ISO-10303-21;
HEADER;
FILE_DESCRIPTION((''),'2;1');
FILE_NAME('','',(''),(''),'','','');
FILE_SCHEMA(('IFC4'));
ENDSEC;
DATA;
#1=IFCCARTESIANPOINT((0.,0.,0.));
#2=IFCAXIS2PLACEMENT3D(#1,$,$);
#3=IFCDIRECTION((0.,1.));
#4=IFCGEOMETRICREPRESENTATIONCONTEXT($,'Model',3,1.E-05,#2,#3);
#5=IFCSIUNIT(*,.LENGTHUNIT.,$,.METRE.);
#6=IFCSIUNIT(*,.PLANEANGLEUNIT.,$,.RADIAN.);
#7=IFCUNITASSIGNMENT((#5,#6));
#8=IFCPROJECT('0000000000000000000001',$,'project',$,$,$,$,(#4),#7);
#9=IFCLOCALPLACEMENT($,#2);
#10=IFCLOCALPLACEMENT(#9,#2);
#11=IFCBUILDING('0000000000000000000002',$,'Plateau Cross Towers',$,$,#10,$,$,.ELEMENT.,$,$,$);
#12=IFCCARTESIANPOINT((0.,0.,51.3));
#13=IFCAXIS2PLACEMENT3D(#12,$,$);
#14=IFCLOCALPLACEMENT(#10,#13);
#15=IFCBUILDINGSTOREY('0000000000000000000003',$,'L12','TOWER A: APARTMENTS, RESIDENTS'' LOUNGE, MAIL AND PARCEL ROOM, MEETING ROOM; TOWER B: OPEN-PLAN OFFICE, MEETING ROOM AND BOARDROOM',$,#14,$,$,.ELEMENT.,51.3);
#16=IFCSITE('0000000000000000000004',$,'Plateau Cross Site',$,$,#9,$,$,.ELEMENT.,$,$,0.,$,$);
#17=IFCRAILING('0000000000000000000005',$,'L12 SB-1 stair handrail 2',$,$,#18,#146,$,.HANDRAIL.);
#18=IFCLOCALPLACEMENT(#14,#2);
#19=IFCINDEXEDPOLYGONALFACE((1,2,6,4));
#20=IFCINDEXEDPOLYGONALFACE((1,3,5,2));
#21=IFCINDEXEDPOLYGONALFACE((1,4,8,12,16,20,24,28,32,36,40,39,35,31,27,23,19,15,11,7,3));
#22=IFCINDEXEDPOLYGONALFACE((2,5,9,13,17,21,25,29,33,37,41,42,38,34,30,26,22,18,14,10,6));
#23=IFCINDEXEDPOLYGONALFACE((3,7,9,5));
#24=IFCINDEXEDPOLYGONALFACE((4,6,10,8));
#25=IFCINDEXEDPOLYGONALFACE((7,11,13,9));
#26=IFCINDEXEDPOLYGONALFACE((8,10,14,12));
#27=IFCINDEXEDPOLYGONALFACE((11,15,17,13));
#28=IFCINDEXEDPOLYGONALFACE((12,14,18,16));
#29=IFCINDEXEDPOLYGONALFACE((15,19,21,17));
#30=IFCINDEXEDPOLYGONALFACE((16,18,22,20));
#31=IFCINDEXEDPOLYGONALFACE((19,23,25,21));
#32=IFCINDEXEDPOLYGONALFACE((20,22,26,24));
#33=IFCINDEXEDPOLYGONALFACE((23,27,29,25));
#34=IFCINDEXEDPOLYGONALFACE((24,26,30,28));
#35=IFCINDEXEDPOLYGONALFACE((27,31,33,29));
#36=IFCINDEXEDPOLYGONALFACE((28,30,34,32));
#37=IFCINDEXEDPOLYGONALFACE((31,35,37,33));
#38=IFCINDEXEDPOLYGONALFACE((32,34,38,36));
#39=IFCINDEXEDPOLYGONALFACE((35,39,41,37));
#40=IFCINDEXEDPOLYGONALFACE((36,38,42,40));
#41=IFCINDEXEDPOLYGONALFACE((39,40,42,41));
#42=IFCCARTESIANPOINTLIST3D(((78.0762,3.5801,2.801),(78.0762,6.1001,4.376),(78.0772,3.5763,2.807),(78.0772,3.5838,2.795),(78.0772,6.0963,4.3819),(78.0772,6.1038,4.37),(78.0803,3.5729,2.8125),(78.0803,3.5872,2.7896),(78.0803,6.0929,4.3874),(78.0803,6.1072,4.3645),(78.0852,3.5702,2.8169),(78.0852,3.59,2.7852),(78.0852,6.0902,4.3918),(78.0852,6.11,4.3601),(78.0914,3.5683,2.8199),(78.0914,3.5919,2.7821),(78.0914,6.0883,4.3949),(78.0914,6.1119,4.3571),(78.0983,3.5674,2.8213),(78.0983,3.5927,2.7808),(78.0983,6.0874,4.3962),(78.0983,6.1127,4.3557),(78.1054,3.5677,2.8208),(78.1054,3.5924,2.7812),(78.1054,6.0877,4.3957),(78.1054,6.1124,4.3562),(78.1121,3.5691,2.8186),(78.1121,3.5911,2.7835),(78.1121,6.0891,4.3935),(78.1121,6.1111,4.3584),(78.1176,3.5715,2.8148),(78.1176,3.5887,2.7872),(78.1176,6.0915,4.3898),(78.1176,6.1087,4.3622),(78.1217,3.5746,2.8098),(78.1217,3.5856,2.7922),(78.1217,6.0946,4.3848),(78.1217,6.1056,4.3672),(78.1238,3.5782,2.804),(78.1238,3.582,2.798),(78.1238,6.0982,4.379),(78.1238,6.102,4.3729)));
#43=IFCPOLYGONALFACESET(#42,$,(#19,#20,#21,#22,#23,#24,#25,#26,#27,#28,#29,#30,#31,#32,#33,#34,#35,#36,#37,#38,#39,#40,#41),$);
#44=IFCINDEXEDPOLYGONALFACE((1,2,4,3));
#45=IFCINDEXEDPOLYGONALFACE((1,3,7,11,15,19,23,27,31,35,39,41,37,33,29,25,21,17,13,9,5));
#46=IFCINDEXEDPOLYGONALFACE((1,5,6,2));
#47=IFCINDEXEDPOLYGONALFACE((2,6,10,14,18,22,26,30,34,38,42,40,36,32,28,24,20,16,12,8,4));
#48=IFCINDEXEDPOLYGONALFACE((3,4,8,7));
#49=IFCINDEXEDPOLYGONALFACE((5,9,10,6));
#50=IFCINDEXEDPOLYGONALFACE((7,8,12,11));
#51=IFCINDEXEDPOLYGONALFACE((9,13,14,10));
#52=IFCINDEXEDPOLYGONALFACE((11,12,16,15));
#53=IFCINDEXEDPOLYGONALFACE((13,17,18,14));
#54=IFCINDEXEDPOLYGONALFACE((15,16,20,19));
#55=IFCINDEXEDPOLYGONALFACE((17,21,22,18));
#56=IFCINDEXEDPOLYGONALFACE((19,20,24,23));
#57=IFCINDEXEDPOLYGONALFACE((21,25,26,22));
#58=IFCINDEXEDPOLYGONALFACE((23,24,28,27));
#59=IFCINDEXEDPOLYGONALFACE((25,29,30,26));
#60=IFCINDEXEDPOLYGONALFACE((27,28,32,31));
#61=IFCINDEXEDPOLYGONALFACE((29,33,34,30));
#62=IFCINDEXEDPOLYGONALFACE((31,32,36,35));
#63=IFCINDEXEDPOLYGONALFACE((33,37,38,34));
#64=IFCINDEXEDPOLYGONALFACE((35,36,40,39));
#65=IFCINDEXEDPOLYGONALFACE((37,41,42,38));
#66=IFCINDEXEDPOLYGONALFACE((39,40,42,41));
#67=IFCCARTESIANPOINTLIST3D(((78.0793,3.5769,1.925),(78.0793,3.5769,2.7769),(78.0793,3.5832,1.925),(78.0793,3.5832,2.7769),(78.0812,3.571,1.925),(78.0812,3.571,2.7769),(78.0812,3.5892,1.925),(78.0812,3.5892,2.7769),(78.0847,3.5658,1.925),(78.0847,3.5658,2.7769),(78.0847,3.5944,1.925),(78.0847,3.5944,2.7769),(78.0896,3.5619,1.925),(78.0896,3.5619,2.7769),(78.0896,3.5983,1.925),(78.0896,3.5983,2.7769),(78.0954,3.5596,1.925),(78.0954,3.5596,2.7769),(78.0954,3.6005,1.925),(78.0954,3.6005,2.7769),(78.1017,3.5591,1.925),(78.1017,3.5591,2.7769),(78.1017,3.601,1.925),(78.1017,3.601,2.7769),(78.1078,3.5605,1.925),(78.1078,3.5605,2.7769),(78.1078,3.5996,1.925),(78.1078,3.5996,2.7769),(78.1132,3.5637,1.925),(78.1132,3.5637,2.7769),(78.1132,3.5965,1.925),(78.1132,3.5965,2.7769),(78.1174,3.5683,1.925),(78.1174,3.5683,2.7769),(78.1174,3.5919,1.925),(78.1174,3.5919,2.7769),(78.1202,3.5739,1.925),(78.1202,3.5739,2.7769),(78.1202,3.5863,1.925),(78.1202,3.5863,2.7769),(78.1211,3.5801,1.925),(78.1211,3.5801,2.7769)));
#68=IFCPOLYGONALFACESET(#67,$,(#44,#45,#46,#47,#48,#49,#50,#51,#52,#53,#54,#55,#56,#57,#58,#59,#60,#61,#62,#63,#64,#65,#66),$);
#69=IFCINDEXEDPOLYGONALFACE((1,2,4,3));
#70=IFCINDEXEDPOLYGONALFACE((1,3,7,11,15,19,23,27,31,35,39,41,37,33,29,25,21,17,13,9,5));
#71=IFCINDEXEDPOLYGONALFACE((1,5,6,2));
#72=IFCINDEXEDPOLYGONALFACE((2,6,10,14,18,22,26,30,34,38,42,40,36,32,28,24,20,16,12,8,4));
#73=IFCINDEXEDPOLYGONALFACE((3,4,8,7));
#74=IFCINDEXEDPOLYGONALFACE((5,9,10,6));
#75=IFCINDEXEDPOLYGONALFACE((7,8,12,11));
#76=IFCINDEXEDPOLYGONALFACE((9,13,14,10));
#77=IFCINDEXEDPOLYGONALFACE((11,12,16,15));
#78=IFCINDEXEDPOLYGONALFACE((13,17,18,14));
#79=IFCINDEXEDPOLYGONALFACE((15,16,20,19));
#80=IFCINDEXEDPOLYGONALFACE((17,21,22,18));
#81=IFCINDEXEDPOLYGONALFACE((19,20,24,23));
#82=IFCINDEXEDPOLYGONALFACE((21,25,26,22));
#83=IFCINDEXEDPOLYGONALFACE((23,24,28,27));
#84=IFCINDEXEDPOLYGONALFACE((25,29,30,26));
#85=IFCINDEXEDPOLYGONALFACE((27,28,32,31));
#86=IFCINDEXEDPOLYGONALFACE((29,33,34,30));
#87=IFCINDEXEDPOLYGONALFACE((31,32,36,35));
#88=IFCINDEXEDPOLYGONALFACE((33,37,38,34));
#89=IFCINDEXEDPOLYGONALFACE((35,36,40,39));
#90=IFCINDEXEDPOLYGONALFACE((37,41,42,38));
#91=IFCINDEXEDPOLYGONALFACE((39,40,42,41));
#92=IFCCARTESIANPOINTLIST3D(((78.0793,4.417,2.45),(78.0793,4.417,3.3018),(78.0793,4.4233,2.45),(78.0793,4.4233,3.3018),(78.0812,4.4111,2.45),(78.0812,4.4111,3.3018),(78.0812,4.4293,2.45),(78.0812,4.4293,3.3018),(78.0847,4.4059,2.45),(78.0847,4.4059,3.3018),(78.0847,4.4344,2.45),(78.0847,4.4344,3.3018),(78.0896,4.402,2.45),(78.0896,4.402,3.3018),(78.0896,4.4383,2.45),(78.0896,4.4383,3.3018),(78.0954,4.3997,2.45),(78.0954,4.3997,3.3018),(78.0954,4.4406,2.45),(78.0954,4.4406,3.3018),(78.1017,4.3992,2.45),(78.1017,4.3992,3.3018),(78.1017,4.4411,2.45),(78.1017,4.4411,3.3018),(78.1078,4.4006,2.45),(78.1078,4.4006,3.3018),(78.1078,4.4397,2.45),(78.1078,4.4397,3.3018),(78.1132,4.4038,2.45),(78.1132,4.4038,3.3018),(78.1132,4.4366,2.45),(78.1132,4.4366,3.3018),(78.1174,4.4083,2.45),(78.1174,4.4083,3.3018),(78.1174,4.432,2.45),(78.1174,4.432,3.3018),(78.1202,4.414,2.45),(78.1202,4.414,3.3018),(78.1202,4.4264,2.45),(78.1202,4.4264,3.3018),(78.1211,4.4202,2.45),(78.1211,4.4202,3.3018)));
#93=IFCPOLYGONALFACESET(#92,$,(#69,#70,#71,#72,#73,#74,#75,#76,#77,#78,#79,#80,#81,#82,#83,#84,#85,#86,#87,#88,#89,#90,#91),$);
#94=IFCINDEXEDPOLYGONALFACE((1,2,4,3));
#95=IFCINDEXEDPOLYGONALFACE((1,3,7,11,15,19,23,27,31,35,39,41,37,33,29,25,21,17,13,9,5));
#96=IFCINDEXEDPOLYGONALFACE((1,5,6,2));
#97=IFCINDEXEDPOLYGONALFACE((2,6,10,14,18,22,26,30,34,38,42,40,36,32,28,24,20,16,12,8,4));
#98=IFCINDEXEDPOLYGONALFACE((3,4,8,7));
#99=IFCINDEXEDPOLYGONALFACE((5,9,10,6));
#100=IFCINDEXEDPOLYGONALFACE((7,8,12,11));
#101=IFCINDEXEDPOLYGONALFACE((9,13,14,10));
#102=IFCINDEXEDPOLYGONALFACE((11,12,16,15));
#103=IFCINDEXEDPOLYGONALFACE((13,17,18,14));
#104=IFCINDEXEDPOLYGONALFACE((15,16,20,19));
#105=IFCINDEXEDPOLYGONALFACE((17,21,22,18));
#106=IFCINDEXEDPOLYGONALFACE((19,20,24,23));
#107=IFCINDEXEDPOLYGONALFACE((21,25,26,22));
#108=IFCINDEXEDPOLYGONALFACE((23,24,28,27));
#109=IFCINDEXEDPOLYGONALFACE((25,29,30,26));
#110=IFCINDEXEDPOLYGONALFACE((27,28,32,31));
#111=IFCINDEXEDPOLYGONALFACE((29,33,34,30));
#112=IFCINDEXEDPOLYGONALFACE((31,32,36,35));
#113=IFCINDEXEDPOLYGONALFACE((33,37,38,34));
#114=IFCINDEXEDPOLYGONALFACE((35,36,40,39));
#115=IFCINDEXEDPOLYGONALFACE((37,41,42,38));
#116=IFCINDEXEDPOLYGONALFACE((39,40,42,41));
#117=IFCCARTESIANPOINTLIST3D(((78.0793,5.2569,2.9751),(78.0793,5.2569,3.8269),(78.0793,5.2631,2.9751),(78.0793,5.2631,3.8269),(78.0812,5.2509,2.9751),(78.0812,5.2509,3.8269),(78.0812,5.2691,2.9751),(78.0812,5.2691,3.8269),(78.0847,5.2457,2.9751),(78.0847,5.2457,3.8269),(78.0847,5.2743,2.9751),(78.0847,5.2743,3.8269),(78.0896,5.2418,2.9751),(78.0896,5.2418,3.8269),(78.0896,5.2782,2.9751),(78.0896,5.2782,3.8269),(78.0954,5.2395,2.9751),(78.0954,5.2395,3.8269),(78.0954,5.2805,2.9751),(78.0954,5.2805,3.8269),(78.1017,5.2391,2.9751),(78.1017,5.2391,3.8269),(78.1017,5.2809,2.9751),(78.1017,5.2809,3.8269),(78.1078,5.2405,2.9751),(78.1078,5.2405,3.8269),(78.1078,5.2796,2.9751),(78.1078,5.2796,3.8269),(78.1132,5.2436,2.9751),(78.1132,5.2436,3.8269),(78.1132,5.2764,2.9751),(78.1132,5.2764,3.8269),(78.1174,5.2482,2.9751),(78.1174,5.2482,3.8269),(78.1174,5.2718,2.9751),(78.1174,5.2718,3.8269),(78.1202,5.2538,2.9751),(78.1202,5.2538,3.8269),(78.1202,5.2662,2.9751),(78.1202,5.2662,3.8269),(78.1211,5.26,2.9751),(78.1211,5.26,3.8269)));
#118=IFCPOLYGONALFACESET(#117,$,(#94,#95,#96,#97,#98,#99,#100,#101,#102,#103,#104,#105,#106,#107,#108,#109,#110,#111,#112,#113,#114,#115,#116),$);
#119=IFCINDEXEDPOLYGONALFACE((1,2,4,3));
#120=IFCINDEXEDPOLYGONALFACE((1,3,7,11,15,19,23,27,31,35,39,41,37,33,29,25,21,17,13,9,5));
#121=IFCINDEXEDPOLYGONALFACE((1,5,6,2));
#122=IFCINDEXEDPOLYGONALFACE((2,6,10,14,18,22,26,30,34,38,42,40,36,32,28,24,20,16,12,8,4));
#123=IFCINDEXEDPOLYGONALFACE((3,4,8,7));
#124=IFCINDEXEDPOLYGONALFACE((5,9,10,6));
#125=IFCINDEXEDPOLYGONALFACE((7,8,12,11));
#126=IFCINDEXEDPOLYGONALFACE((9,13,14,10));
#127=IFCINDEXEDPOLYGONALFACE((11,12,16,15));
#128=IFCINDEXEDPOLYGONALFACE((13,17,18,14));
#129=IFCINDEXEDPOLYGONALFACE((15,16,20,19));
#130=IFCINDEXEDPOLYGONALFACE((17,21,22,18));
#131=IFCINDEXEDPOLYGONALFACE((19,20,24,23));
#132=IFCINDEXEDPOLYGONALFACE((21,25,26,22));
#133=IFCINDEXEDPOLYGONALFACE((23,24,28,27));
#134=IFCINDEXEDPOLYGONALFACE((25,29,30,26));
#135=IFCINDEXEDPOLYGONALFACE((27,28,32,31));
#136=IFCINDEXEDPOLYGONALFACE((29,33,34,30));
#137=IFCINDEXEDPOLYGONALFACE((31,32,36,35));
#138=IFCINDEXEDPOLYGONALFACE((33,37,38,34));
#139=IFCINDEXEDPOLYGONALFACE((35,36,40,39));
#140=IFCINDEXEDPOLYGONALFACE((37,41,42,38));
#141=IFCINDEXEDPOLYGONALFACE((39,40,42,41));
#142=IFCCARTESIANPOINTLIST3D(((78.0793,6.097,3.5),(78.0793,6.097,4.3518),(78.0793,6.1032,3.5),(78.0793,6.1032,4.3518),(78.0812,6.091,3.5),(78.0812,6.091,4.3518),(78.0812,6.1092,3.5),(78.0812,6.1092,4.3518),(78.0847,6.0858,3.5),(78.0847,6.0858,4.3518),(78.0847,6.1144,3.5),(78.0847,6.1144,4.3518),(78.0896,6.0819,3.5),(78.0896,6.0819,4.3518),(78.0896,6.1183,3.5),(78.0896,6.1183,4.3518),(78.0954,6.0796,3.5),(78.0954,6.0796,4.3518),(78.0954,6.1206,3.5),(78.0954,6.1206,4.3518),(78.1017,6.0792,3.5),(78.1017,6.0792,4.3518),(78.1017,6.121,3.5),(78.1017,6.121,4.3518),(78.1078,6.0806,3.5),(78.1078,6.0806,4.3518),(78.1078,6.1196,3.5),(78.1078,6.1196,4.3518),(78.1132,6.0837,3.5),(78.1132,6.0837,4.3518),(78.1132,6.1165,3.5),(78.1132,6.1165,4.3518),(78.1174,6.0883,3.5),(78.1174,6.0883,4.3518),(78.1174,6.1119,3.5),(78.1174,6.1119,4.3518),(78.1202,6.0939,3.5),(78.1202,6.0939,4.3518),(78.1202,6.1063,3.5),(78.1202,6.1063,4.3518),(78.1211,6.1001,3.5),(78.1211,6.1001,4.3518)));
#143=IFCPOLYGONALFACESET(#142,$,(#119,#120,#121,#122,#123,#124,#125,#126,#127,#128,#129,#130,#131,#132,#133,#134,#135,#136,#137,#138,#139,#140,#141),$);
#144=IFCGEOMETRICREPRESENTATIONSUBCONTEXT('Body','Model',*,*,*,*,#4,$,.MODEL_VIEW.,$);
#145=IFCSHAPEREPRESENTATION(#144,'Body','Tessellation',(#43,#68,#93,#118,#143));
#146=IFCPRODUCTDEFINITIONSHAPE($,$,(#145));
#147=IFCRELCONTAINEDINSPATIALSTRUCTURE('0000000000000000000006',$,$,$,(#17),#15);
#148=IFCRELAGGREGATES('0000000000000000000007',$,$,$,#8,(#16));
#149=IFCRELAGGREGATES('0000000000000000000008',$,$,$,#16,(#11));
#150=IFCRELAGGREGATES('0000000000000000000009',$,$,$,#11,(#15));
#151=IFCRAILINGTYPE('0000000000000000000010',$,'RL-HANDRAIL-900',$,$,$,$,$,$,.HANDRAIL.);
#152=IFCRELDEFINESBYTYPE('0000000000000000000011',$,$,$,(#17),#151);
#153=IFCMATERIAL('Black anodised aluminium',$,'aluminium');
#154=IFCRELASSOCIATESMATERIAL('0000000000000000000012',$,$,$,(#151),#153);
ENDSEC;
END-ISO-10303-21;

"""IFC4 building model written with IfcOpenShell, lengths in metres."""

from ifc_helpers import new_model, si_unit, direction, frame, origin, origin_2d, place, context, subcontext, project, spatial, circle, extrude, material, type_object, element, save


model = new_model("IFC4")

# Units and contexts
model_context = context("Model", 3, precision=1e-05, world=origin(), true_north=direction((0.0, 1.0)))
body_context = subcontext(model_context, "Body", "Model", "MODEL_VIEW")
ifc_project = project(units=[si_unit("LENGTHUNIT", "METRE"), si_unit("PLANEANGLEUNIT", "RADIAN")], contexts=[model_context])

# Site, building, storey
site_placement = place(None, origin())
site = spatial("IfcSite", under=ifc_project, at=site_placement, Name="Plateau Cross Site", CompositionType="ELEMENT", RefElevation=0.0)
building_placement = place(site_placement, origin())
building = spatial("IfcBuilding", under=site, at=building_placement, Name="Plateau Cross Towers", CompositionType="ELEMENT")
storey_placement = place(building_placement, frame((0.0, 0.0, 51.3)))
storey = spatial("IfcBuildingStorey", under=building, at=storey_placement, Name="L12", Description="TOWER A: APARTMENTS, RESIDENTS' LOUNGE, MAIL AND PARCEL ROOM, MEETING ROOM; TOWER B: OPEN-PLAN OFFICE, MEETING ROOM AND BOARDROOM", CompositionType="ELEMENT", Elevation=51.3)

# Railing
ifc_material_1 = material(Name="Black anodised aluminium", Category="aluminium")
railing_type_1 = type_object("IfcRailingType", Name="RL-HANDRAIL-900", PredefinedType="HANDRAIL", material=ifc_material_1)
railing_1_placement = place(storey_placement, frame((78.1001, 3.5801, 1.925)))
element("IfcRailing", 1, at=railing_1_placement, inside=storey, type_object=railing_type_1, Name="L12 SB-1 stair handrail 2", PredefinedType="HANDRAIL", context=body_context, shape_type="SweptSolid", body=[
    extrude(circle(Radius=0.0239, at=origin_2d()), frame((0.0, 0.0, 0.876), z_axis=(0.0, 0.848008, 0.529984), x_axis=(-1.0, 0.0, 0.0)), (0.0, 0.0, 1.0), 2.9717),
    extrude(circle(Radius=0.021, at=origin_2d()), origin(), (0.0, 0.0, 1.0), 0.8518),
    extrude(circle(Radius=0.021, at=origin_2d()), frame((0.0, 0.8401, 0.5249)), (0.0, 0.0, 1.0), 0.8518),
    extrude(circle(Radius=0.021, at=origin_2d()), frame((0.0, 1.6799, 1.05)), (0.0, 0.0, 1.0), 0.8518),
    extrude(circle(Radius=0.021, at=origin_2d()), frame((0.0, 2.52, 1.575)), (0.0, 0.0, 1.0), 0.8518),
])

save(model, "model.ifc")
